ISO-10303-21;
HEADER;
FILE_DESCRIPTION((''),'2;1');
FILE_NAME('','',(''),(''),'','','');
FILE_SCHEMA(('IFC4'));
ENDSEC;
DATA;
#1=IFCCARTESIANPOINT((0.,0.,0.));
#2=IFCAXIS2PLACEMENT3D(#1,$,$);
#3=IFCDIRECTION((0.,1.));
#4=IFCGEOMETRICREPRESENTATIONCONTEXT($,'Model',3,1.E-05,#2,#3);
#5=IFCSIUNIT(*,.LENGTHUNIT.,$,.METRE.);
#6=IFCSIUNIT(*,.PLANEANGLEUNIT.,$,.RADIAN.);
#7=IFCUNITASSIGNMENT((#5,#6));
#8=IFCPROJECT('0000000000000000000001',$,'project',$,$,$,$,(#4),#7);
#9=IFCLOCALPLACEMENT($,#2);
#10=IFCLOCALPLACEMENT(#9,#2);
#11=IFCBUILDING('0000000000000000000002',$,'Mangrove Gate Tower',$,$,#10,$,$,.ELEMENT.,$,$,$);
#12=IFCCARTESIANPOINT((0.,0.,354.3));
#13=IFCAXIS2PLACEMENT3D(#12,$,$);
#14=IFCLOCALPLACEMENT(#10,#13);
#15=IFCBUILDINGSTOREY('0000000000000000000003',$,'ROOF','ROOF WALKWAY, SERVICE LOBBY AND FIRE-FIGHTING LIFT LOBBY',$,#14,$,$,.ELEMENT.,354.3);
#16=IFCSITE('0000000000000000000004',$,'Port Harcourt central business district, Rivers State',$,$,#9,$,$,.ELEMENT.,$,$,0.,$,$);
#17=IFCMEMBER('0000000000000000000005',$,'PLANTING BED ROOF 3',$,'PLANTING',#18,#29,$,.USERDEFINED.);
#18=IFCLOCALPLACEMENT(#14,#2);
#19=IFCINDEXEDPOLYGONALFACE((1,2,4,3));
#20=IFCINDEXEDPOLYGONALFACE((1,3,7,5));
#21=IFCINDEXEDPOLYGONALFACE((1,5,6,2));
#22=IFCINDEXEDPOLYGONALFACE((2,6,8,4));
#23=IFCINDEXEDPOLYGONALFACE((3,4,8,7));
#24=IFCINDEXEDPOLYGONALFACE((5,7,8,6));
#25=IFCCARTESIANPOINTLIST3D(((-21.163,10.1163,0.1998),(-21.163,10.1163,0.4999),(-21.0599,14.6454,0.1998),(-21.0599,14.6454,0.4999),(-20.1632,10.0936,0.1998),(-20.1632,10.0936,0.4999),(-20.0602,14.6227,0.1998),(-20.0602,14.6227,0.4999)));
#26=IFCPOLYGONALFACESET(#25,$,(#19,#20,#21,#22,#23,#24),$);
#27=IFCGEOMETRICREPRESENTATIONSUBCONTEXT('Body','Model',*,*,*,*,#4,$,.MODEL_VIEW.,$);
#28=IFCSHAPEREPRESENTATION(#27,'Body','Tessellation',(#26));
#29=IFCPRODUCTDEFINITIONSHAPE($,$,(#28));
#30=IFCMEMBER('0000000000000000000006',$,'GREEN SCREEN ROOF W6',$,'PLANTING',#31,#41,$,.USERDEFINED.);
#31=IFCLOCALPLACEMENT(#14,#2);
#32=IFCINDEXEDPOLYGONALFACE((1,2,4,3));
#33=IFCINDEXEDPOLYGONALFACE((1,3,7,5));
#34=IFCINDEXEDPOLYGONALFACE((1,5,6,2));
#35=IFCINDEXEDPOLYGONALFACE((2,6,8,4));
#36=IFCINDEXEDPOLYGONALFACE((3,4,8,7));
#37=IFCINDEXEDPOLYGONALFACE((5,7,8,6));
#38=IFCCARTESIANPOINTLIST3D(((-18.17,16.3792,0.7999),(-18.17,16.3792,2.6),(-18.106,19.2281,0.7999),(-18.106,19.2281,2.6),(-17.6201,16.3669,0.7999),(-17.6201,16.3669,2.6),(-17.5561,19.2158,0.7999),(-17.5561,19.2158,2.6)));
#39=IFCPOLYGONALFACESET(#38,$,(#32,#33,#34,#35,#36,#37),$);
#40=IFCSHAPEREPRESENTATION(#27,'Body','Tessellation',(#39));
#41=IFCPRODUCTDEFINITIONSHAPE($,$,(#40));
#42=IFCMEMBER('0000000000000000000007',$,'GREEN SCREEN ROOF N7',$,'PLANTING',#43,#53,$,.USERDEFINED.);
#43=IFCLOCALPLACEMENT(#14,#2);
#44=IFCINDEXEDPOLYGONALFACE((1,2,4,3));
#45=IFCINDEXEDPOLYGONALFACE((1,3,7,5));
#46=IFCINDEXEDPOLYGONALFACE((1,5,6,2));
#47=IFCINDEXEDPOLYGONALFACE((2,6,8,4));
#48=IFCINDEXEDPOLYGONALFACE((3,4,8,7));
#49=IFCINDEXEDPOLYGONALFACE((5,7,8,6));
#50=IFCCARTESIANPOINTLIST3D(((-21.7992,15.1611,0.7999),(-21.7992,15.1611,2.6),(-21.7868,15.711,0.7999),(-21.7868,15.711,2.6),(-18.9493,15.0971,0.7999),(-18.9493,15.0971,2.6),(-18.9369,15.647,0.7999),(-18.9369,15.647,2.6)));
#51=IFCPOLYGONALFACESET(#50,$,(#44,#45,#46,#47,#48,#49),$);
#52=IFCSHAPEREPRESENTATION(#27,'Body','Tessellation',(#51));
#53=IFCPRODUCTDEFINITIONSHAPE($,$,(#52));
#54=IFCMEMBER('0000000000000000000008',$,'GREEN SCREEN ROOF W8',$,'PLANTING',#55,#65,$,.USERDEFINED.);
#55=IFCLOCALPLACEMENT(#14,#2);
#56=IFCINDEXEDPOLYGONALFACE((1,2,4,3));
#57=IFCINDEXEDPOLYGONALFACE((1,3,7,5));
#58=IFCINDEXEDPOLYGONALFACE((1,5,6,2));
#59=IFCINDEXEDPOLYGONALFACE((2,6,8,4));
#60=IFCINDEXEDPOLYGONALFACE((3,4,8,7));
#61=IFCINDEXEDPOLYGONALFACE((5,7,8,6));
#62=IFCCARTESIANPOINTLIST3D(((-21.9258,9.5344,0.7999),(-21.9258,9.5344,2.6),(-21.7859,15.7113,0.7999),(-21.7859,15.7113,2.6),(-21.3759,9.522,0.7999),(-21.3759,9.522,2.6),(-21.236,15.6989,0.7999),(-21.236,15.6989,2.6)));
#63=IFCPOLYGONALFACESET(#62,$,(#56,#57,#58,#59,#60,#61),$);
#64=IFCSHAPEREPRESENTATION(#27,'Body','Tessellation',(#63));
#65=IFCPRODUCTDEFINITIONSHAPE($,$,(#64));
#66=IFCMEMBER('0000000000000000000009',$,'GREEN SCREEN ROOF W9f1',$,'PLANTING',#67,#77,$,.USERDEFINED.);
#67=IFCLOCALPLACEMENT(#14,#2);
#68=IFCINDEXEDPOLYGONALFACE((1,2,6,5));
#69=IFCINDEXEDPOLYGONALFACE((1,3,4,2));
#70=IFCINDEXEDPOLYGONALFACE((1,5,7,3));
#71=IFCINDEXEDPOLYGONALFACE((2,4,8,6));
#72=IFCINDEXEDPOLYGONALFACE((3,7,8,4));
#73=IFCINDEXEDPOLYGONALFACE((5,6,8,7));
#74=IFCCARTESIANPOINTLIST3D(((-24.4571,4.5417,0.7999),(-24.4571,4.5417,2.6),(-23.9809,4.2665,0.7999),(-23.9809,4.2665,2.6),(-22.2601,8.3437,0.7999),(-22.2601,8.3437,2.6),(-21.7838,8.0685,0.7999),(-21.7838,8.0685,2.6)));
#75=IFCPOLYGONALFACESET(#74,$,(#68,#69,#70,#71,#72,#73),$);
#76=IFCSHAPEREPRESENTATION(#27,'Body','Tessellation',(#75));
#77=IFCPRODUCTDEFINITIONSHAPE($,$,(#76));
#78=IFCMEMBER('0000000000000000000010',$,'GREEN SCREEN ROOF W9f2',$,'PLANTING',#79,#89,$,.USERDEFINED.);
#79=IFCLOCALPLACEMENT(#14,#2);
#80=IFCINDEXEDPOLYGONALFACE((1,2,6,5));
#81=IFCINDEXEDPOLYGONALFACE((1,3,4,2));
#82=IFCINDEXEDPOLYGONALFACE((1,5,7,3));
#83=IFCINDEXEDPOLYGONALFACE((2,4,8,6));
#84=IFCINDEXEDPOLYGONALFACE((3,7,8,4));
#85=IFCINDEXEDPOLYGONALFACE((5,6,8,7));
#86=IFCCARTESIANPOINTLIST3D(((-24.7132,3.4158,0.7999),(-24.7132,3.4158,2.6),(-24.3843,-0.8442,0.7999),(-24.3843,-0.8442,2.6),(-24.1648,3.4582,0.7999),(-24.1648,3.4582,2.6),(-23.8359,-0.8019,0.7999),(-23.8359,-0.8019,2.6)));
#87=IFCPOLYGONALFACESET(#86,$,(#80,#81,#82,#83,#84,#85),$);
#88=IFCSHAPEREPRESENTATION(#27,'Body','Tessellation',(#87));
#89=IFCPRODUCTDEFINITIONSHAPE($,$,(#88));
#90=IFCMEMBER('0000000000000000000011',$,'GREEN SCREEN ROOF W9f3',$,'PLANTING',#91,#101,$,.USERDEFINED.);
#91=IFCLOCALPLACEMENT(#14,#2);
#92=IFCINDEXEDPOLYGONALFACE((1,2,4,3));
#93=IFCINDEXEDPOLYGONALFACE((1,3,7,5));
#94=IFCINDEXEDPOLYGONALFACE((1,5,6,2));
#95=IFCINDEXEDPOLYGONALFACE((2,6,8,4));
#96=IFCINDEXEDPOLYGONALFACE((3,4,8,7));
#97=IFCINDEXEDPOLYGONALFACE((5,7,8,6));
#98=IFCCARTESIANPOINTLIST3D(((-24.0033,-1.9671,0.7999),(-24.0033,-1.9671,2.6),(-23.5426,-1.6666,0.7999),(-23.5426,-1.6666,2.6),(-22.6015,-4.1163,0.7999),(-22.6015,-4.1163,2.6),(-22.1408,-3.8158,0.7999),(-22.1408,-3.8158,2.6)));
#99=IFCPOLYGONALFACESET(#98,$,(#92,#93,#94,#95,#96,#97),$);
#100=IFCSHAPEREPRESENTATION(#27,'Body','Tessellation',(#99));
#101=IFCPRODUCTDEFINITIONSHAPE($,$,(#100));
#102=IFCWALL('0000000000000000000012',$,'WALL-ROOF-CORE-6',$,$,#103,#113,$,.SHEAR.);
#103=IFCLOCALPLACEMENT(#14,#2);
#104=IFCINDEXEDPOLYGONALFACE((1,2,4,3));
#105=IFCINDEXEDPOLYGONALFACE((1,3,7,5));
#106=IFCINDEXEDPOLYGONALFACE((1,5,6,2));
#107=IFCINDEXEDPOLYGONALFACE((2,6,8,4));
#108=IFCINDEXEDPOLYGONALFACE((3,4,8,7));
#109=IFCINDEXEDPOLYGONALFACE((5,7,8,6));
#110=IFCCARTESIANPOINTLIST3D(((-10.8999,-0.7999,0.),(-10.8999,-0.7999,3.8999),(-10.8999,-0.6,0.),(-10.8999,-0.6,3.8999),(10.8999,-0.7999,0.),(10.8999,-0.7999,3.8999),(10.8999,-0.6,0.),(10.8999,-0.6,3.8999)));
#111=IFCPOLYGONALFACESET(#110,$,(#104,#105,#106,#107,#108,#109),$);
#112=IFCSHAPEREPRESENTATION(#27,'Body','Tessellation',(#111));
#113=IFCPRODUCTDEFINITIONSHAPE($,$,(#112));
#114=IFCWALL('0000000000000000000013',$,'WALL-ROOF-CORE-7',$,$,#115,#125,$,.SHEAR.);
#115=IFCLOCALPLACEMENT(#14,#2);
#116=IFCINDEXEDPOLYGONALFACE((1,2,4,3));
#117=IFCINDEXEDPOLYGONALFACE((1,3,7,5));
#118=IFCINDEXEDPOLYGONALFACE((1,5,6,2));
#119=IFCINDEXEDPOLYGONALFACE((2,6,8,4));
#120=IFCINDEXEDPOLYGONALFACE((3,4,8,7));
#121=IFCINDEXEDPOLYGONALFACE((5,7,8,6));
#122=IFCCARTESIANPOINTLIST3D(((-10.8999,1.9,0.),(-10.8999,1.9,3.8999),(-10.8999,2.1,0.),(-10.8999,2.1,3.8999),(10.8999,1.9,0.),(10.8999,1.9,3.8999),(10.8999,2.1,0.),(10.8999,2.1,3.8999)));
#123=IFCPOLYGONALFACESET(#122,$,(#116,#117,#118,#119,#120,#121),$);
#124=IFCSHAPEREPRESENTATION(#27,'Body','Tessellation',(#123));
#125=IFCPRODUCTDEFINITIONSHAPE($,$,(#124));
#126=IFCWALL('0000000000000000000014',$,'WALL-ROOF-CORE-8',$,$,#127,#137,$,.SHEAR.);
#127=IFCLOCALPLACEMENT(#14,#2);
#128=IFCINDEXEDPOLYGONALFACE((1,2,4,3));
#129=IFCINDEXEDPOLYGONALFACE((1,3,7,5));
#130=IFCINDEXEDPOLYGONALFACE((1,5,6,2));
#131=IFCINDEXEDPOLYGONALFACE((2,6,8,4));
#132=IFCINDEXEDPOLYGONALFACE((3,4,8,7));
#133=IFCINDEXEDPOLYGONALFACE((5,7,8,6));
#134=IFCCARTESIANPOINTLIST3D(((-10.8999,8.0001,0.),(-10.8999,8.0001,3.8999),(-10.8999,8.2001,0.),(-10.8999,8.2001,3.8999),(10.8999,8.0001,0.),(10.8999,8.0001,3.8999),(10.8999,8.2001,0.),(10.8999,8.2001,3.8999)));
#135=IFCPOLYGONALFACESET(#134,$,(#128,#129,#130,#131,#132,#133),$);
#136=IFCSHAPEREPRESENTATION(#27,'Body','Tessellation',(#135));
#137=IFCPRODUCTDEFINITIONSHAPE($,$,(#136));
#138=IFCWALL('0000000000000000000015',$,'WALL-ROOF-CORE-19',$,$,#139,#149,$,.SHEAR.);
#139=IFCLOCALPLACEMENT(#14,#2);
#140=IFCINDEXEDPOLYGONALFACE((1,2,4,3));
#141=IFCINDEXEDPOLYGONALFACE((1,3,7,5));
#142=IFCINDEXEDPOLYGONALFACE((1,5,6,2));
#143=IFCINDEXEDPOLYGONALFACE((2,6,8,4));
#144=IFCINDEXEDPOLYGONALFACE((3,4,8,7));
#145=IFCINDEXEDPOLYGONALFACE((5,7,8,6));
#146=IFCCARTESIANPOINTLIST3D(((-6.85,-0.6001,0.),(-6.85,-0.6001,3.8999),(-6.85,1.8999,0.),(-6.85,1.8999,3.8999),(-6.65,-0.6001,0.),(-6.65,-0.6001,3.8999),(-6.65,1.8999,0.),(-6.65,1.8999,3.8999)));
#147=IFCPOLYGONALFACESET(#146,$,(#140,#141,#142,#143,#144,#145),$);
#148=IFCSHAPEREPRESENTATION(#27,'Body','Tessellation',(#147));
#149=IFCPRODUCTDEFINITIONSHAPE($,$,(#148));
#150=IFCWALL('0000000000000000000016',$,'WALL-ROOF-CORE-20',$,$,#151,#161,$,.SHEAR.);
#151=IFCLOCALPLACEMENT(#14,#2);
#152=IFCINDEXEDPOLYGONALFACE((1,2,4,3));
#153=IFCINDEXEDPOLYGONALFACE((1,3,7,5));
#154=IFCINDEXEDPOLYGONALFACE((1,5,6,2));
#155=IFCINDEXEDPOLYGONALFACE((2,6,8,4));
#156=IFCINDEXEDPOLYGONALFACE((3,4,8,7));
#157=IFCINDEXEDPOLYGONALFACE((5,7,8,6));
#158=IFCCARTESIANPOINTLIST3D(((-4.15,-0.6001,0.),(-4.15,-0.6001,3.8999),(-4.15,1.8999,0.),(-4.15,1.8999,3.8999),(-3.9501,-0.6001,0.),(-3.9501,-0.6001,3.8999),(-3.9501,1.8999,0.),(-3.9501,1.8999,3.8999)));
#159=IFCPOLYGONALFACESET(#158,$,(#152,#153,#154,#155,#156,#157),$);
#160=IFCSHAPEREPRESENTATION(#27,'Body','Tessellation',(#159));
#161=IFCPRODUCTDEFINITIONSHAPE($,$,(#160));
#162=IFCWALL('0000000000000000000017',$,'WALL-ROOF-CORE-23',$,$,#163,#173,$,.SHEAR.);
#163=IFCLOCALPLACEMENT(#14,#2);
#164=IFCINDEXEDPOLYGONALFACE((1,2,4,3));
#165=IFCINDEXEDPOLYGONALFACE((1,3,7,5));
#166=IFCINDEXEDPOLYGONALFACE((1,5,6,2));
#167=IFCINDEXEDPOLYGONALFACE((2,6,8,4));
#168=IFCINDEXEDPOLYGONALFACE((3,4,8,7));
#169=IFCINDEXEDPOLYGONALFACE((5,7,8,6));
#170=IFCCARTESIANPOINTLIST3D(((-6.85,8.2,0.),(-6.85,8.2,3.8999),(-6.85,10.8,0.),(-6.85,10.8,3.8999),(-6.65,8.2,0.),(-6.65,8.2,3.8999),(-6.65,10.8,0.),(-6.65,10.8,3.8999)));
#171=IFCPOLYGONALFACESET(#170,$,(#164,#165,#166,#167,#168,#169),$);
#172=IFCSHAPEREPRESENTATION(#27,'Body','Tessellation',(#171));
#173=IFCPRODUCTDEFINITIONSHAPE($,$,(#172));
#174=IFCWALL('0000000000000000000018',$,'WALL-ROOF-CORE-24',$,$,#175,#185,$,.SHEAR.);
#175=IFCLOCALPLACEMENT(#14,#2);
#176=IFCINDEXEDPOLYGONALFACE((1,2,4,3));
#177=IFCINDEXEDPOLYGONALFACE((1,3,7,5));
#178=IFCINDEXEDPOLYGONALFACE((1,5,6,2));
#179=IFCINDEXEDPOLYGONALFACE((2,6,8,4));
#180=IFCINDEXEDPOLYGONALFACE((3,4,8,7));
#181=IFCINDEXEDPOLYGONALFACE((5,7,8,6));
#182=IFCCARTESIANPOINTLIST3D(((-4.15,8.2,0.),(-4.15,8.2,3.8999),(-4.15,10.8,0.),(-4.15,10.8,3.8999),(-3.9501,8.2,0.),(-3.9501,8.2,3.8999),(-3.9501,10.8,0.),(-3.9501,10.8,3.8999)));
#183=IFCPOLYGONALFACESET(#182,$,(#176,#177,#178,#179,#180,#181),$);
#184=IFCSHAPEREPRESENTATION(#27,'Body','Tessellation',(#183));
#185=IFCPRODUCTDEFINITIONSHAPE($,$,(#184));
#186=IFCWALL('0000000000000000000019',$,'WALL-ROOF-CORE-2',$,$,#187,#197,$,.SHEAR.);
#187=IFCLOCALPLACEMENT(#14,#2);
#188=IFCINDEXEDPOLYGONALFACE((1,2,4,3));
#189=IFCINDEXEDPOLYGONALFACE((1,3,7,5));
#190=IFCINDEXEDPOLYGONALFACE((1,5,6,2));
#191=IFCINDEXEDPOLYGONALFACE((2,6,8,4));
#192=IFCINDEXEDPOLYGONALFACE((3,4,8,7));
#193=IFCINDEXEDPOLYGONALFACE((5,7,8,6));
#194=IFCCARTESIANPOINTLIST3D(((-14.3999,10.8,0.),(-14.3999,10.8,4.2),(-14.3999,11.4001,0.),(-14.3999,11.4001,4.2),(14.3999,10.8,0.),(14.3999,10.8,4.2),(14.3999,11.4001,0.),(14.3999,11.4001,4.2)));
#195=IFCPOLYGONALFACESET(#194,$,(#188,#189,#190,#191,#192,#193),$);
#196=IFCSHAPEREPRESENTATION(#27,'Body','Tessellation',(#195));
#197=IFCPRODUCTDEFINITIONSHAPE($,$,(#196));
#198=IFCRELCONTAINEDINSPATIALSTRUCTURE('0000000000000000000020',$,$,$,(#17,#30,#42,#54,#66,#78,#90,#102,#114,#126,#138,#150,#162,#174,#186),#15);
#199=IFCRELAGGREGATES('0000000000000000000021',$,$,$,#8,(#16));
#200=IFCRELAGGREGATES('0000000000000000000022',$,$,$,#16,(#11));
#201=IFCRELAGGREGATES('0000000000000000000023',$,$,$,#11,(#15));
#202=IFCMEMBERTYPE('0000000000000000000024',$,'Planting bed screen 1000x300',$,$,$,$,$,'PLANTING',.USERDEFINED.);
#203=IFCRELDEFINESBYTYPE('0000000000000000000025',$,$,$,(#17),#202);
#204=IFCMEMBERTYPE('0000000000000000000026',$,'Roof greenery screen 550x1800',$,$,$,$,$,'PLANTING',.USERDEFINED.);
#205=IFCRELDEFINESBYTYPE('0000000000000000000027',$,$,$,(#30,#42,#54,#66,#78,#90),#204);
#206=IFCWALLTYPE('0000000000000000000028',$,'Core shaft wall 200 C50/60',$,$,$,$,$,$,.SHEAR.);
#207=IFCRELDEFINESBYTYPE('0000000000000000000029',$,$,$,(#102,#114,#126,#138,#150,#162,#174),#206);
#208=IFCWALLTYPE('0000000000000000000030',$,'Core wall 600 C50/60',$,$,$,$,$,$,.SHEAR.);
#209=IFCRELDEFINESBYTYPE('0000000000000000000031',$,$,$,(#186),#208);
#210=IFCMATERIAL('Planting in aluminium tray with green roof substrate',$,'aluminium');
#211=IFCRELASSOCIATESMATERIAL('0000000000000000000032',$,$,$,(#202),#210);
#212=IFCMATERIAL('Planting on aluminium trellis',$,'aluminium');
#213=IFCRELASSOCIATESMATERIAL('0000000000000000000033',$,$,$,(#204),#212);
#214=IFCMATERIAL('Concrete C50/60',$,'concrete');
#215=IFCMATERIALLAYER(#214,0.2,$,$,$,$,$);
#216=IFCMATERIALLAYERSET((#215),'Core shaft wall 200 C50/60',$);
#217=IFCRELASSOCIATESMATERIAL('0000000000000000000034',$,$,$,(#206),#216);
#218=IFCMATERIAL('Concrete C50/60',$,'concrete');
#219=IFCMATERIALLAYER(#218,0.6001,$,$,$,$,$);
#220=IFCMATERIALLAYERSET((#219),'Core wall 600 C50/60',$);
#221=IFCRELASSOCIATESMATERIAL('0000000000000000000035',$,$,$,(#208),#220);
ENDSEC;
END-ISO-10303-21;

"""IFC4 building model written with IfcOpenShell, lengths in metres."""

from ifc_helpers import new_model, si_unit, direction, frame, frame_2d, origin, origin_2d, place, context, subcontext, project, spatial, rectangle, extrude, material, layer, layer_set, material_profile, profile_set, type_object, element, save


model = new_model("IFC4")

# Units and contexts
model_context = context("Model", 3, precision=1e-05, world=origin(), true_north=direction((0.0, 1.0)))
body_context = subcontext(model_context, "Body", "Model", "MODEL_VIEW")
ifc_project = project(units=[si_unit("LENGTHUNIT", "METRE"), si_unit("PLANEANGLEUNIT", "RADIAN")], contexts=[model_context])

# Site, building, storey
site_placement = place(None, origin())
site = spatial("IfcSite", under=ifc_project, at=site_placement, Name="Port Harcourt central business district, Rivers State", CompositionType="ELEMENT", RefElevation=0.0)
building_placement = place(site_placement, origin())
building = spatial("IfcBuilding", under=site, at=building_placement, Name="Mangrove Gate Tower", CompositionType="ELEMENT")
storey_placement = place(building_placement, frame((0.0, 0.0, 354.3)))
storey = spatial("IfcBuildingStorey", under=building, at=storey_placement, Name="ROOF", Description="ROOF WALKWAY, SERVICE LOBBY AND FIRE-FIGHTING LIFT LOBBY", CompositionType="ELEMENT", Elevation=354.3)

# Members
ifc_material_1 = material(Name="Planting in aluminium tray with green roof substrate", Category="aluminium")
ifc_material_profile_1 = material_profile(ifc_material_1, rectangle(XDim=1.0, YDim=0.3, at=origin_2d()))
ifc_profile_set_1 = profile_set([ifc_material_profile_1], Name="Planting in aluminium tray with green roof substrate")
member_type_1 = type_object("IfcMemberType", Name="Planting bed screen 1000x300", ElementType="PLANTING", PredefinedType="USERDEFINED", material=ifc_profile_set_1)
member_1_placement = place(storey_placement, frame((-20.5601, 14.634, 0.3499), z_axis=(-0.022742, -0.999741, 0.0), x_axis=(0.999741, -0.022742, 0.0)))
element("IfcMember", 1, at=member_1_placement, inside=storey, type_object=member_type_1, Name="PLANTING BED ROOF 3", ObjectType="PLANTING", PredefinedType="USERDEFINED", context=body_context, shape_type="SweptSolid", body=[
    extrude(rectangle(XDim=1.0, YDim=0.3, at=origin_2d()), origin(), (0.0, 0.0, 1.0), 4.5303),
])
ifc_material_2 = material(Name="Planting on aluminium trellis", Category="aluminium")
ifc_material_profile_2 = material_profile(ifc_material_2, rectangle(XDim=0.55, YDim=1.8, at=origin_2d()))
ifc_profile_set_2 = profile_set([ifc_material_profile_2], Name="Planting on aluminium trellis")
member_type_2 = type_object("IfcMemberType", Name="Roof greenery screen 550x1800", ElementType="PLANTING", PredefinedType="USERDEFINED", material=ifc_profile_set_2)
member_2_placement = place(storey_placement, frame((-17.8311, 19.2219, 1.7), z_axis=(-0.022447, -0.999748, 0.0), x_axis=(0.999748, -0.022447, 0.0)))
element("IfcMember", 2, at=member_2_placement, inside=storey, type_object=member_type_2, Name="GREEN SCREEN ROOF W6", ObjectType="PLANTING", PredefinedType="USERDEFINED", context=body_context, shape_type="SweptSolid", body=[
    extrude(rectangle(XDim=0.55, YDim=1.8, at=origin_2d()), origin(), (0.0, 0.0, 1.0), 2.8496),
])
member_3_placement = place(storey_placement, frame((-18.9431, 15.3721, 1.7), z_axis=(-0.999748, 0.022439, 0.0), x_axis=(-0.022439, -0.999748, 0.0)))
element("IfcMember", 3, at=member_3_placement, inside=storey, type_object=member_type_2, Name="GREEN SCREEN ROOF N7", ObjectType="PLANTING", PredefinedType="USERDEFINED", context=body_context, shape_type="SweptSolid", body=[
    extrude(rectangle(XDim=0.55, YDim=1.8, at=origin_2d()), origin(), (0.0, 0.0, 1.0), 2.8506),
])
member_4_placement = place(storey_placement, frame((-21.511, 15.7051, 1.7), z_axis=(-0.022642, -0.999744, 0.0), x_axis=(0.999744, -0.022642, 0.0)))
element("IfcMember", 4, at=member_4_placement, inside=storey, type_object=member_type_2, Name="GREEN SCREEN ROOF W8", ObjectType="PLANTING", PredefinedType="USERDEFINED", context=body_context, shape_type="SweptSolid", body=[
    extrude(rectangle(XDim=0.55, YDim=1.8, at=origin_2d()), origin(), (0.0, 0.0, 1.0), 6.1785),
])
member_5_placement = place(storey_placement, frame((-22.022, 8.2061, 1.7), z_axis=(-0.50033, -0.865835, 0.0), x_axis=(0.865835, -0.50033, 0.0)))
element("IfcMember", 5, at=member_5_placement, inside=storey, type_object=member_type_2, Name="GREEN SCREEN ROOF W9f1", ObjectType="PLANTING", PredefinedType="USERDEFINED", context=body_context, shape_type="SweptSolid", body=[
    extrude(rectangle(XDim=0.55, YDim=1.8, at=origin_2d()), origin(), (0.0, 0.0, 1.0), 4.3911),
])
member_6_placement = place(storey_placement, frame((-24.439, 3.437, 1.7), z_axis=(0.076967, -0.997034, 0.0), x_axis=(0.997034, 0.076967, 0.0)))
element("IfcMember", 6, at=member_6_placement, inside=storey, type_object=member_type_2, Name="GREEN SCREEN ROOF W9f2", ObjectType="PLANTING", PredefinedType="USERDEFINED", context=body_context, shape_type="SweptSolid", body=[
    extrude(rectangle(XDim=0.55, YDim=1.8, at=origin_2d()), origin(), (0.0, 0.0, 1.0), 4.2727),
])
member_7_placement = place(storey_placement, frame((-23.7729, -1.8169, 1.7), z_axis=(0.546329, -0.837571, 0.0), x_axis=(0.837571, 0.546329, 0.0)))
element("IfcMember", 7, at=member_7_placement, inside=storey, type_object=member_type_2, Name="GREEN SCREEN ROOF W9f3", ObjectType="PLANTING", PredefinedType="USERDEFINED", context=body_context, shape_type="SweptSolid", body=[
    extrude(rectangle(XDim=0.55, YDim=1.8, at=origin_2d()), origin(), (0.0, 0.0, 1.0), 2.5659),
])

# Walls
ifc_material_3 = material(Name="Concrete C50/60", Category="concrete")
ifc_layer_1 = layer(ifc_material_3, 0.2)
ifc_layer_set_1 = layer_set([ifc_layer_1], Name="Core shaft wall 200 C50/60")
wall_type_1 = type_object("IfcWallType", Name="Core shaft wall 200 C50/60", PredefinedType="SHEAR", material=ifc_layer_set_1)
for number, where, z_axis, x_axis, name in (
    (8, (-10.8999, -0.7, 0.0), (0.0, 0.0, 1.0), (1.0, 0.0, 0.0), "WALL-ROOF-CORE-6"),
    (9, (-10.8999, 2.0, 0.0), (0.0, 0.0, 1.0), (1.0, 0.0, 0.0), "WALL-ROOF-CORE-7"),
    (10, (-10.8999, 8.1001, 0.0), (0.0, 0.0, 1.0), (1.0, 0.0, 0.0), "WALL-ROOF-CORE-8"),
):
    element("IfcWall", number, at=place(storey_placement, frame(where, z_axis=z_axis, x_axis=x_axis)), inside=storey, type_object=wall_type_1, Name=name, PredefinedType="SHEAR", context=body_context, shape_type="SweptSolid", body=[
        extrude(rectangle(XDim=21.7998, YDim=0.2, at=frame_2d((10.8999, 0.0))), origin(), (0.0, 0.0, 1.0), 3.8999),
    ])
for number, where, z_axis, x_axis, name in (
    (11, (-6.75, -0.6001, 0.0), (0.0, 0.0, 1.0), (0.0, 1.0, 0.0), "WALL-ROOF-CORE-19"),
    (12, (-4.05, -0.6001, 0.0), (0.0, 0.0, 1.0), (0.0, 1.0, 0.0), "WALL-ROOF-CORE-20"),
):
    element("IfcWall", number, at=place(storey_placement, frame(where, z_axis=z_axis, x_axis=x_axis)), inside=storey, type_object=wall_type_1, Name=name, PredefinedType="SHEAR", context=body_context, shape_type="SweptSolid", body=[
        extrude(rectangle(XDim=2.5, YDim=0.2, at=frame_2d((1.25, 0.0))), origin(), (0.0, 0.0, 1.0), 3.8999),
    ])
for number, where, z_axis, x_axis, name in (
    (13, (-6.75, 8.2, 0.0), (0.0, 0.0, 1.0), (0.0, 1.0, 0.0), "WALL-ROOF-CORE-23"),
    (14, (-4.05, 8.2, 0.0), (0.0, 0.0, 1.0), (0.0, 1.0, 0.0), "WALL-ROOF-CORE-24"),
):
    element("IfcWall", number, at=place(storey_placement, frame(where, z_axis=z_axis, x_axis=x_axis)), inside=storey, type_object=wall_type_1, Name=name, PredefinedType="SHEAR", context=body_context, shape_type="SweptSolid", body=[
        extrude(rectangle(XDim=2.6001, YDim=0.2, at=frame_2d((1.3, 0.0))), origin(), (0.0, 0.0, 1.0), 3.8999),
    ])
ifc_material_4 = material(Name="Concrete C50/60", Category="concrete")
ifc_layer_2 = layer(ifc_material_4, 0.6001)
ifc_layer_set_2 = layer_set([ifc_layer_2], Name="Core wall 600 C50/60")
wall_type_2 = type_object("IfcWallType", Name="Core wall 600 C50/60", PredefinedType="SHEAR", material=ifc_layer_set_2)
wall_1_placement = place(storey_placement, frame((-14.3999, 11.1001, 0.0), z_axis=(0.0, 0.0, 1.0), x_axis=(1.0, 0.0, 0.0)))
element("IfcWall", 15, at=wall_1_placement, inside=storey, type_object=wall_type_2, Name="WALL-ROOF-CORE-2", PredefinedType="SHEAR", context=body_context, shape_type="SweptSolid", body=[
    extrude(rectangle(XDim=28.7998, YDim=0.6001, at=frame_2d((14.3999, 0.0))), origin(), (0.0, 0.0, 1.0), 4.2),
])

save(model, "model.ifc")
